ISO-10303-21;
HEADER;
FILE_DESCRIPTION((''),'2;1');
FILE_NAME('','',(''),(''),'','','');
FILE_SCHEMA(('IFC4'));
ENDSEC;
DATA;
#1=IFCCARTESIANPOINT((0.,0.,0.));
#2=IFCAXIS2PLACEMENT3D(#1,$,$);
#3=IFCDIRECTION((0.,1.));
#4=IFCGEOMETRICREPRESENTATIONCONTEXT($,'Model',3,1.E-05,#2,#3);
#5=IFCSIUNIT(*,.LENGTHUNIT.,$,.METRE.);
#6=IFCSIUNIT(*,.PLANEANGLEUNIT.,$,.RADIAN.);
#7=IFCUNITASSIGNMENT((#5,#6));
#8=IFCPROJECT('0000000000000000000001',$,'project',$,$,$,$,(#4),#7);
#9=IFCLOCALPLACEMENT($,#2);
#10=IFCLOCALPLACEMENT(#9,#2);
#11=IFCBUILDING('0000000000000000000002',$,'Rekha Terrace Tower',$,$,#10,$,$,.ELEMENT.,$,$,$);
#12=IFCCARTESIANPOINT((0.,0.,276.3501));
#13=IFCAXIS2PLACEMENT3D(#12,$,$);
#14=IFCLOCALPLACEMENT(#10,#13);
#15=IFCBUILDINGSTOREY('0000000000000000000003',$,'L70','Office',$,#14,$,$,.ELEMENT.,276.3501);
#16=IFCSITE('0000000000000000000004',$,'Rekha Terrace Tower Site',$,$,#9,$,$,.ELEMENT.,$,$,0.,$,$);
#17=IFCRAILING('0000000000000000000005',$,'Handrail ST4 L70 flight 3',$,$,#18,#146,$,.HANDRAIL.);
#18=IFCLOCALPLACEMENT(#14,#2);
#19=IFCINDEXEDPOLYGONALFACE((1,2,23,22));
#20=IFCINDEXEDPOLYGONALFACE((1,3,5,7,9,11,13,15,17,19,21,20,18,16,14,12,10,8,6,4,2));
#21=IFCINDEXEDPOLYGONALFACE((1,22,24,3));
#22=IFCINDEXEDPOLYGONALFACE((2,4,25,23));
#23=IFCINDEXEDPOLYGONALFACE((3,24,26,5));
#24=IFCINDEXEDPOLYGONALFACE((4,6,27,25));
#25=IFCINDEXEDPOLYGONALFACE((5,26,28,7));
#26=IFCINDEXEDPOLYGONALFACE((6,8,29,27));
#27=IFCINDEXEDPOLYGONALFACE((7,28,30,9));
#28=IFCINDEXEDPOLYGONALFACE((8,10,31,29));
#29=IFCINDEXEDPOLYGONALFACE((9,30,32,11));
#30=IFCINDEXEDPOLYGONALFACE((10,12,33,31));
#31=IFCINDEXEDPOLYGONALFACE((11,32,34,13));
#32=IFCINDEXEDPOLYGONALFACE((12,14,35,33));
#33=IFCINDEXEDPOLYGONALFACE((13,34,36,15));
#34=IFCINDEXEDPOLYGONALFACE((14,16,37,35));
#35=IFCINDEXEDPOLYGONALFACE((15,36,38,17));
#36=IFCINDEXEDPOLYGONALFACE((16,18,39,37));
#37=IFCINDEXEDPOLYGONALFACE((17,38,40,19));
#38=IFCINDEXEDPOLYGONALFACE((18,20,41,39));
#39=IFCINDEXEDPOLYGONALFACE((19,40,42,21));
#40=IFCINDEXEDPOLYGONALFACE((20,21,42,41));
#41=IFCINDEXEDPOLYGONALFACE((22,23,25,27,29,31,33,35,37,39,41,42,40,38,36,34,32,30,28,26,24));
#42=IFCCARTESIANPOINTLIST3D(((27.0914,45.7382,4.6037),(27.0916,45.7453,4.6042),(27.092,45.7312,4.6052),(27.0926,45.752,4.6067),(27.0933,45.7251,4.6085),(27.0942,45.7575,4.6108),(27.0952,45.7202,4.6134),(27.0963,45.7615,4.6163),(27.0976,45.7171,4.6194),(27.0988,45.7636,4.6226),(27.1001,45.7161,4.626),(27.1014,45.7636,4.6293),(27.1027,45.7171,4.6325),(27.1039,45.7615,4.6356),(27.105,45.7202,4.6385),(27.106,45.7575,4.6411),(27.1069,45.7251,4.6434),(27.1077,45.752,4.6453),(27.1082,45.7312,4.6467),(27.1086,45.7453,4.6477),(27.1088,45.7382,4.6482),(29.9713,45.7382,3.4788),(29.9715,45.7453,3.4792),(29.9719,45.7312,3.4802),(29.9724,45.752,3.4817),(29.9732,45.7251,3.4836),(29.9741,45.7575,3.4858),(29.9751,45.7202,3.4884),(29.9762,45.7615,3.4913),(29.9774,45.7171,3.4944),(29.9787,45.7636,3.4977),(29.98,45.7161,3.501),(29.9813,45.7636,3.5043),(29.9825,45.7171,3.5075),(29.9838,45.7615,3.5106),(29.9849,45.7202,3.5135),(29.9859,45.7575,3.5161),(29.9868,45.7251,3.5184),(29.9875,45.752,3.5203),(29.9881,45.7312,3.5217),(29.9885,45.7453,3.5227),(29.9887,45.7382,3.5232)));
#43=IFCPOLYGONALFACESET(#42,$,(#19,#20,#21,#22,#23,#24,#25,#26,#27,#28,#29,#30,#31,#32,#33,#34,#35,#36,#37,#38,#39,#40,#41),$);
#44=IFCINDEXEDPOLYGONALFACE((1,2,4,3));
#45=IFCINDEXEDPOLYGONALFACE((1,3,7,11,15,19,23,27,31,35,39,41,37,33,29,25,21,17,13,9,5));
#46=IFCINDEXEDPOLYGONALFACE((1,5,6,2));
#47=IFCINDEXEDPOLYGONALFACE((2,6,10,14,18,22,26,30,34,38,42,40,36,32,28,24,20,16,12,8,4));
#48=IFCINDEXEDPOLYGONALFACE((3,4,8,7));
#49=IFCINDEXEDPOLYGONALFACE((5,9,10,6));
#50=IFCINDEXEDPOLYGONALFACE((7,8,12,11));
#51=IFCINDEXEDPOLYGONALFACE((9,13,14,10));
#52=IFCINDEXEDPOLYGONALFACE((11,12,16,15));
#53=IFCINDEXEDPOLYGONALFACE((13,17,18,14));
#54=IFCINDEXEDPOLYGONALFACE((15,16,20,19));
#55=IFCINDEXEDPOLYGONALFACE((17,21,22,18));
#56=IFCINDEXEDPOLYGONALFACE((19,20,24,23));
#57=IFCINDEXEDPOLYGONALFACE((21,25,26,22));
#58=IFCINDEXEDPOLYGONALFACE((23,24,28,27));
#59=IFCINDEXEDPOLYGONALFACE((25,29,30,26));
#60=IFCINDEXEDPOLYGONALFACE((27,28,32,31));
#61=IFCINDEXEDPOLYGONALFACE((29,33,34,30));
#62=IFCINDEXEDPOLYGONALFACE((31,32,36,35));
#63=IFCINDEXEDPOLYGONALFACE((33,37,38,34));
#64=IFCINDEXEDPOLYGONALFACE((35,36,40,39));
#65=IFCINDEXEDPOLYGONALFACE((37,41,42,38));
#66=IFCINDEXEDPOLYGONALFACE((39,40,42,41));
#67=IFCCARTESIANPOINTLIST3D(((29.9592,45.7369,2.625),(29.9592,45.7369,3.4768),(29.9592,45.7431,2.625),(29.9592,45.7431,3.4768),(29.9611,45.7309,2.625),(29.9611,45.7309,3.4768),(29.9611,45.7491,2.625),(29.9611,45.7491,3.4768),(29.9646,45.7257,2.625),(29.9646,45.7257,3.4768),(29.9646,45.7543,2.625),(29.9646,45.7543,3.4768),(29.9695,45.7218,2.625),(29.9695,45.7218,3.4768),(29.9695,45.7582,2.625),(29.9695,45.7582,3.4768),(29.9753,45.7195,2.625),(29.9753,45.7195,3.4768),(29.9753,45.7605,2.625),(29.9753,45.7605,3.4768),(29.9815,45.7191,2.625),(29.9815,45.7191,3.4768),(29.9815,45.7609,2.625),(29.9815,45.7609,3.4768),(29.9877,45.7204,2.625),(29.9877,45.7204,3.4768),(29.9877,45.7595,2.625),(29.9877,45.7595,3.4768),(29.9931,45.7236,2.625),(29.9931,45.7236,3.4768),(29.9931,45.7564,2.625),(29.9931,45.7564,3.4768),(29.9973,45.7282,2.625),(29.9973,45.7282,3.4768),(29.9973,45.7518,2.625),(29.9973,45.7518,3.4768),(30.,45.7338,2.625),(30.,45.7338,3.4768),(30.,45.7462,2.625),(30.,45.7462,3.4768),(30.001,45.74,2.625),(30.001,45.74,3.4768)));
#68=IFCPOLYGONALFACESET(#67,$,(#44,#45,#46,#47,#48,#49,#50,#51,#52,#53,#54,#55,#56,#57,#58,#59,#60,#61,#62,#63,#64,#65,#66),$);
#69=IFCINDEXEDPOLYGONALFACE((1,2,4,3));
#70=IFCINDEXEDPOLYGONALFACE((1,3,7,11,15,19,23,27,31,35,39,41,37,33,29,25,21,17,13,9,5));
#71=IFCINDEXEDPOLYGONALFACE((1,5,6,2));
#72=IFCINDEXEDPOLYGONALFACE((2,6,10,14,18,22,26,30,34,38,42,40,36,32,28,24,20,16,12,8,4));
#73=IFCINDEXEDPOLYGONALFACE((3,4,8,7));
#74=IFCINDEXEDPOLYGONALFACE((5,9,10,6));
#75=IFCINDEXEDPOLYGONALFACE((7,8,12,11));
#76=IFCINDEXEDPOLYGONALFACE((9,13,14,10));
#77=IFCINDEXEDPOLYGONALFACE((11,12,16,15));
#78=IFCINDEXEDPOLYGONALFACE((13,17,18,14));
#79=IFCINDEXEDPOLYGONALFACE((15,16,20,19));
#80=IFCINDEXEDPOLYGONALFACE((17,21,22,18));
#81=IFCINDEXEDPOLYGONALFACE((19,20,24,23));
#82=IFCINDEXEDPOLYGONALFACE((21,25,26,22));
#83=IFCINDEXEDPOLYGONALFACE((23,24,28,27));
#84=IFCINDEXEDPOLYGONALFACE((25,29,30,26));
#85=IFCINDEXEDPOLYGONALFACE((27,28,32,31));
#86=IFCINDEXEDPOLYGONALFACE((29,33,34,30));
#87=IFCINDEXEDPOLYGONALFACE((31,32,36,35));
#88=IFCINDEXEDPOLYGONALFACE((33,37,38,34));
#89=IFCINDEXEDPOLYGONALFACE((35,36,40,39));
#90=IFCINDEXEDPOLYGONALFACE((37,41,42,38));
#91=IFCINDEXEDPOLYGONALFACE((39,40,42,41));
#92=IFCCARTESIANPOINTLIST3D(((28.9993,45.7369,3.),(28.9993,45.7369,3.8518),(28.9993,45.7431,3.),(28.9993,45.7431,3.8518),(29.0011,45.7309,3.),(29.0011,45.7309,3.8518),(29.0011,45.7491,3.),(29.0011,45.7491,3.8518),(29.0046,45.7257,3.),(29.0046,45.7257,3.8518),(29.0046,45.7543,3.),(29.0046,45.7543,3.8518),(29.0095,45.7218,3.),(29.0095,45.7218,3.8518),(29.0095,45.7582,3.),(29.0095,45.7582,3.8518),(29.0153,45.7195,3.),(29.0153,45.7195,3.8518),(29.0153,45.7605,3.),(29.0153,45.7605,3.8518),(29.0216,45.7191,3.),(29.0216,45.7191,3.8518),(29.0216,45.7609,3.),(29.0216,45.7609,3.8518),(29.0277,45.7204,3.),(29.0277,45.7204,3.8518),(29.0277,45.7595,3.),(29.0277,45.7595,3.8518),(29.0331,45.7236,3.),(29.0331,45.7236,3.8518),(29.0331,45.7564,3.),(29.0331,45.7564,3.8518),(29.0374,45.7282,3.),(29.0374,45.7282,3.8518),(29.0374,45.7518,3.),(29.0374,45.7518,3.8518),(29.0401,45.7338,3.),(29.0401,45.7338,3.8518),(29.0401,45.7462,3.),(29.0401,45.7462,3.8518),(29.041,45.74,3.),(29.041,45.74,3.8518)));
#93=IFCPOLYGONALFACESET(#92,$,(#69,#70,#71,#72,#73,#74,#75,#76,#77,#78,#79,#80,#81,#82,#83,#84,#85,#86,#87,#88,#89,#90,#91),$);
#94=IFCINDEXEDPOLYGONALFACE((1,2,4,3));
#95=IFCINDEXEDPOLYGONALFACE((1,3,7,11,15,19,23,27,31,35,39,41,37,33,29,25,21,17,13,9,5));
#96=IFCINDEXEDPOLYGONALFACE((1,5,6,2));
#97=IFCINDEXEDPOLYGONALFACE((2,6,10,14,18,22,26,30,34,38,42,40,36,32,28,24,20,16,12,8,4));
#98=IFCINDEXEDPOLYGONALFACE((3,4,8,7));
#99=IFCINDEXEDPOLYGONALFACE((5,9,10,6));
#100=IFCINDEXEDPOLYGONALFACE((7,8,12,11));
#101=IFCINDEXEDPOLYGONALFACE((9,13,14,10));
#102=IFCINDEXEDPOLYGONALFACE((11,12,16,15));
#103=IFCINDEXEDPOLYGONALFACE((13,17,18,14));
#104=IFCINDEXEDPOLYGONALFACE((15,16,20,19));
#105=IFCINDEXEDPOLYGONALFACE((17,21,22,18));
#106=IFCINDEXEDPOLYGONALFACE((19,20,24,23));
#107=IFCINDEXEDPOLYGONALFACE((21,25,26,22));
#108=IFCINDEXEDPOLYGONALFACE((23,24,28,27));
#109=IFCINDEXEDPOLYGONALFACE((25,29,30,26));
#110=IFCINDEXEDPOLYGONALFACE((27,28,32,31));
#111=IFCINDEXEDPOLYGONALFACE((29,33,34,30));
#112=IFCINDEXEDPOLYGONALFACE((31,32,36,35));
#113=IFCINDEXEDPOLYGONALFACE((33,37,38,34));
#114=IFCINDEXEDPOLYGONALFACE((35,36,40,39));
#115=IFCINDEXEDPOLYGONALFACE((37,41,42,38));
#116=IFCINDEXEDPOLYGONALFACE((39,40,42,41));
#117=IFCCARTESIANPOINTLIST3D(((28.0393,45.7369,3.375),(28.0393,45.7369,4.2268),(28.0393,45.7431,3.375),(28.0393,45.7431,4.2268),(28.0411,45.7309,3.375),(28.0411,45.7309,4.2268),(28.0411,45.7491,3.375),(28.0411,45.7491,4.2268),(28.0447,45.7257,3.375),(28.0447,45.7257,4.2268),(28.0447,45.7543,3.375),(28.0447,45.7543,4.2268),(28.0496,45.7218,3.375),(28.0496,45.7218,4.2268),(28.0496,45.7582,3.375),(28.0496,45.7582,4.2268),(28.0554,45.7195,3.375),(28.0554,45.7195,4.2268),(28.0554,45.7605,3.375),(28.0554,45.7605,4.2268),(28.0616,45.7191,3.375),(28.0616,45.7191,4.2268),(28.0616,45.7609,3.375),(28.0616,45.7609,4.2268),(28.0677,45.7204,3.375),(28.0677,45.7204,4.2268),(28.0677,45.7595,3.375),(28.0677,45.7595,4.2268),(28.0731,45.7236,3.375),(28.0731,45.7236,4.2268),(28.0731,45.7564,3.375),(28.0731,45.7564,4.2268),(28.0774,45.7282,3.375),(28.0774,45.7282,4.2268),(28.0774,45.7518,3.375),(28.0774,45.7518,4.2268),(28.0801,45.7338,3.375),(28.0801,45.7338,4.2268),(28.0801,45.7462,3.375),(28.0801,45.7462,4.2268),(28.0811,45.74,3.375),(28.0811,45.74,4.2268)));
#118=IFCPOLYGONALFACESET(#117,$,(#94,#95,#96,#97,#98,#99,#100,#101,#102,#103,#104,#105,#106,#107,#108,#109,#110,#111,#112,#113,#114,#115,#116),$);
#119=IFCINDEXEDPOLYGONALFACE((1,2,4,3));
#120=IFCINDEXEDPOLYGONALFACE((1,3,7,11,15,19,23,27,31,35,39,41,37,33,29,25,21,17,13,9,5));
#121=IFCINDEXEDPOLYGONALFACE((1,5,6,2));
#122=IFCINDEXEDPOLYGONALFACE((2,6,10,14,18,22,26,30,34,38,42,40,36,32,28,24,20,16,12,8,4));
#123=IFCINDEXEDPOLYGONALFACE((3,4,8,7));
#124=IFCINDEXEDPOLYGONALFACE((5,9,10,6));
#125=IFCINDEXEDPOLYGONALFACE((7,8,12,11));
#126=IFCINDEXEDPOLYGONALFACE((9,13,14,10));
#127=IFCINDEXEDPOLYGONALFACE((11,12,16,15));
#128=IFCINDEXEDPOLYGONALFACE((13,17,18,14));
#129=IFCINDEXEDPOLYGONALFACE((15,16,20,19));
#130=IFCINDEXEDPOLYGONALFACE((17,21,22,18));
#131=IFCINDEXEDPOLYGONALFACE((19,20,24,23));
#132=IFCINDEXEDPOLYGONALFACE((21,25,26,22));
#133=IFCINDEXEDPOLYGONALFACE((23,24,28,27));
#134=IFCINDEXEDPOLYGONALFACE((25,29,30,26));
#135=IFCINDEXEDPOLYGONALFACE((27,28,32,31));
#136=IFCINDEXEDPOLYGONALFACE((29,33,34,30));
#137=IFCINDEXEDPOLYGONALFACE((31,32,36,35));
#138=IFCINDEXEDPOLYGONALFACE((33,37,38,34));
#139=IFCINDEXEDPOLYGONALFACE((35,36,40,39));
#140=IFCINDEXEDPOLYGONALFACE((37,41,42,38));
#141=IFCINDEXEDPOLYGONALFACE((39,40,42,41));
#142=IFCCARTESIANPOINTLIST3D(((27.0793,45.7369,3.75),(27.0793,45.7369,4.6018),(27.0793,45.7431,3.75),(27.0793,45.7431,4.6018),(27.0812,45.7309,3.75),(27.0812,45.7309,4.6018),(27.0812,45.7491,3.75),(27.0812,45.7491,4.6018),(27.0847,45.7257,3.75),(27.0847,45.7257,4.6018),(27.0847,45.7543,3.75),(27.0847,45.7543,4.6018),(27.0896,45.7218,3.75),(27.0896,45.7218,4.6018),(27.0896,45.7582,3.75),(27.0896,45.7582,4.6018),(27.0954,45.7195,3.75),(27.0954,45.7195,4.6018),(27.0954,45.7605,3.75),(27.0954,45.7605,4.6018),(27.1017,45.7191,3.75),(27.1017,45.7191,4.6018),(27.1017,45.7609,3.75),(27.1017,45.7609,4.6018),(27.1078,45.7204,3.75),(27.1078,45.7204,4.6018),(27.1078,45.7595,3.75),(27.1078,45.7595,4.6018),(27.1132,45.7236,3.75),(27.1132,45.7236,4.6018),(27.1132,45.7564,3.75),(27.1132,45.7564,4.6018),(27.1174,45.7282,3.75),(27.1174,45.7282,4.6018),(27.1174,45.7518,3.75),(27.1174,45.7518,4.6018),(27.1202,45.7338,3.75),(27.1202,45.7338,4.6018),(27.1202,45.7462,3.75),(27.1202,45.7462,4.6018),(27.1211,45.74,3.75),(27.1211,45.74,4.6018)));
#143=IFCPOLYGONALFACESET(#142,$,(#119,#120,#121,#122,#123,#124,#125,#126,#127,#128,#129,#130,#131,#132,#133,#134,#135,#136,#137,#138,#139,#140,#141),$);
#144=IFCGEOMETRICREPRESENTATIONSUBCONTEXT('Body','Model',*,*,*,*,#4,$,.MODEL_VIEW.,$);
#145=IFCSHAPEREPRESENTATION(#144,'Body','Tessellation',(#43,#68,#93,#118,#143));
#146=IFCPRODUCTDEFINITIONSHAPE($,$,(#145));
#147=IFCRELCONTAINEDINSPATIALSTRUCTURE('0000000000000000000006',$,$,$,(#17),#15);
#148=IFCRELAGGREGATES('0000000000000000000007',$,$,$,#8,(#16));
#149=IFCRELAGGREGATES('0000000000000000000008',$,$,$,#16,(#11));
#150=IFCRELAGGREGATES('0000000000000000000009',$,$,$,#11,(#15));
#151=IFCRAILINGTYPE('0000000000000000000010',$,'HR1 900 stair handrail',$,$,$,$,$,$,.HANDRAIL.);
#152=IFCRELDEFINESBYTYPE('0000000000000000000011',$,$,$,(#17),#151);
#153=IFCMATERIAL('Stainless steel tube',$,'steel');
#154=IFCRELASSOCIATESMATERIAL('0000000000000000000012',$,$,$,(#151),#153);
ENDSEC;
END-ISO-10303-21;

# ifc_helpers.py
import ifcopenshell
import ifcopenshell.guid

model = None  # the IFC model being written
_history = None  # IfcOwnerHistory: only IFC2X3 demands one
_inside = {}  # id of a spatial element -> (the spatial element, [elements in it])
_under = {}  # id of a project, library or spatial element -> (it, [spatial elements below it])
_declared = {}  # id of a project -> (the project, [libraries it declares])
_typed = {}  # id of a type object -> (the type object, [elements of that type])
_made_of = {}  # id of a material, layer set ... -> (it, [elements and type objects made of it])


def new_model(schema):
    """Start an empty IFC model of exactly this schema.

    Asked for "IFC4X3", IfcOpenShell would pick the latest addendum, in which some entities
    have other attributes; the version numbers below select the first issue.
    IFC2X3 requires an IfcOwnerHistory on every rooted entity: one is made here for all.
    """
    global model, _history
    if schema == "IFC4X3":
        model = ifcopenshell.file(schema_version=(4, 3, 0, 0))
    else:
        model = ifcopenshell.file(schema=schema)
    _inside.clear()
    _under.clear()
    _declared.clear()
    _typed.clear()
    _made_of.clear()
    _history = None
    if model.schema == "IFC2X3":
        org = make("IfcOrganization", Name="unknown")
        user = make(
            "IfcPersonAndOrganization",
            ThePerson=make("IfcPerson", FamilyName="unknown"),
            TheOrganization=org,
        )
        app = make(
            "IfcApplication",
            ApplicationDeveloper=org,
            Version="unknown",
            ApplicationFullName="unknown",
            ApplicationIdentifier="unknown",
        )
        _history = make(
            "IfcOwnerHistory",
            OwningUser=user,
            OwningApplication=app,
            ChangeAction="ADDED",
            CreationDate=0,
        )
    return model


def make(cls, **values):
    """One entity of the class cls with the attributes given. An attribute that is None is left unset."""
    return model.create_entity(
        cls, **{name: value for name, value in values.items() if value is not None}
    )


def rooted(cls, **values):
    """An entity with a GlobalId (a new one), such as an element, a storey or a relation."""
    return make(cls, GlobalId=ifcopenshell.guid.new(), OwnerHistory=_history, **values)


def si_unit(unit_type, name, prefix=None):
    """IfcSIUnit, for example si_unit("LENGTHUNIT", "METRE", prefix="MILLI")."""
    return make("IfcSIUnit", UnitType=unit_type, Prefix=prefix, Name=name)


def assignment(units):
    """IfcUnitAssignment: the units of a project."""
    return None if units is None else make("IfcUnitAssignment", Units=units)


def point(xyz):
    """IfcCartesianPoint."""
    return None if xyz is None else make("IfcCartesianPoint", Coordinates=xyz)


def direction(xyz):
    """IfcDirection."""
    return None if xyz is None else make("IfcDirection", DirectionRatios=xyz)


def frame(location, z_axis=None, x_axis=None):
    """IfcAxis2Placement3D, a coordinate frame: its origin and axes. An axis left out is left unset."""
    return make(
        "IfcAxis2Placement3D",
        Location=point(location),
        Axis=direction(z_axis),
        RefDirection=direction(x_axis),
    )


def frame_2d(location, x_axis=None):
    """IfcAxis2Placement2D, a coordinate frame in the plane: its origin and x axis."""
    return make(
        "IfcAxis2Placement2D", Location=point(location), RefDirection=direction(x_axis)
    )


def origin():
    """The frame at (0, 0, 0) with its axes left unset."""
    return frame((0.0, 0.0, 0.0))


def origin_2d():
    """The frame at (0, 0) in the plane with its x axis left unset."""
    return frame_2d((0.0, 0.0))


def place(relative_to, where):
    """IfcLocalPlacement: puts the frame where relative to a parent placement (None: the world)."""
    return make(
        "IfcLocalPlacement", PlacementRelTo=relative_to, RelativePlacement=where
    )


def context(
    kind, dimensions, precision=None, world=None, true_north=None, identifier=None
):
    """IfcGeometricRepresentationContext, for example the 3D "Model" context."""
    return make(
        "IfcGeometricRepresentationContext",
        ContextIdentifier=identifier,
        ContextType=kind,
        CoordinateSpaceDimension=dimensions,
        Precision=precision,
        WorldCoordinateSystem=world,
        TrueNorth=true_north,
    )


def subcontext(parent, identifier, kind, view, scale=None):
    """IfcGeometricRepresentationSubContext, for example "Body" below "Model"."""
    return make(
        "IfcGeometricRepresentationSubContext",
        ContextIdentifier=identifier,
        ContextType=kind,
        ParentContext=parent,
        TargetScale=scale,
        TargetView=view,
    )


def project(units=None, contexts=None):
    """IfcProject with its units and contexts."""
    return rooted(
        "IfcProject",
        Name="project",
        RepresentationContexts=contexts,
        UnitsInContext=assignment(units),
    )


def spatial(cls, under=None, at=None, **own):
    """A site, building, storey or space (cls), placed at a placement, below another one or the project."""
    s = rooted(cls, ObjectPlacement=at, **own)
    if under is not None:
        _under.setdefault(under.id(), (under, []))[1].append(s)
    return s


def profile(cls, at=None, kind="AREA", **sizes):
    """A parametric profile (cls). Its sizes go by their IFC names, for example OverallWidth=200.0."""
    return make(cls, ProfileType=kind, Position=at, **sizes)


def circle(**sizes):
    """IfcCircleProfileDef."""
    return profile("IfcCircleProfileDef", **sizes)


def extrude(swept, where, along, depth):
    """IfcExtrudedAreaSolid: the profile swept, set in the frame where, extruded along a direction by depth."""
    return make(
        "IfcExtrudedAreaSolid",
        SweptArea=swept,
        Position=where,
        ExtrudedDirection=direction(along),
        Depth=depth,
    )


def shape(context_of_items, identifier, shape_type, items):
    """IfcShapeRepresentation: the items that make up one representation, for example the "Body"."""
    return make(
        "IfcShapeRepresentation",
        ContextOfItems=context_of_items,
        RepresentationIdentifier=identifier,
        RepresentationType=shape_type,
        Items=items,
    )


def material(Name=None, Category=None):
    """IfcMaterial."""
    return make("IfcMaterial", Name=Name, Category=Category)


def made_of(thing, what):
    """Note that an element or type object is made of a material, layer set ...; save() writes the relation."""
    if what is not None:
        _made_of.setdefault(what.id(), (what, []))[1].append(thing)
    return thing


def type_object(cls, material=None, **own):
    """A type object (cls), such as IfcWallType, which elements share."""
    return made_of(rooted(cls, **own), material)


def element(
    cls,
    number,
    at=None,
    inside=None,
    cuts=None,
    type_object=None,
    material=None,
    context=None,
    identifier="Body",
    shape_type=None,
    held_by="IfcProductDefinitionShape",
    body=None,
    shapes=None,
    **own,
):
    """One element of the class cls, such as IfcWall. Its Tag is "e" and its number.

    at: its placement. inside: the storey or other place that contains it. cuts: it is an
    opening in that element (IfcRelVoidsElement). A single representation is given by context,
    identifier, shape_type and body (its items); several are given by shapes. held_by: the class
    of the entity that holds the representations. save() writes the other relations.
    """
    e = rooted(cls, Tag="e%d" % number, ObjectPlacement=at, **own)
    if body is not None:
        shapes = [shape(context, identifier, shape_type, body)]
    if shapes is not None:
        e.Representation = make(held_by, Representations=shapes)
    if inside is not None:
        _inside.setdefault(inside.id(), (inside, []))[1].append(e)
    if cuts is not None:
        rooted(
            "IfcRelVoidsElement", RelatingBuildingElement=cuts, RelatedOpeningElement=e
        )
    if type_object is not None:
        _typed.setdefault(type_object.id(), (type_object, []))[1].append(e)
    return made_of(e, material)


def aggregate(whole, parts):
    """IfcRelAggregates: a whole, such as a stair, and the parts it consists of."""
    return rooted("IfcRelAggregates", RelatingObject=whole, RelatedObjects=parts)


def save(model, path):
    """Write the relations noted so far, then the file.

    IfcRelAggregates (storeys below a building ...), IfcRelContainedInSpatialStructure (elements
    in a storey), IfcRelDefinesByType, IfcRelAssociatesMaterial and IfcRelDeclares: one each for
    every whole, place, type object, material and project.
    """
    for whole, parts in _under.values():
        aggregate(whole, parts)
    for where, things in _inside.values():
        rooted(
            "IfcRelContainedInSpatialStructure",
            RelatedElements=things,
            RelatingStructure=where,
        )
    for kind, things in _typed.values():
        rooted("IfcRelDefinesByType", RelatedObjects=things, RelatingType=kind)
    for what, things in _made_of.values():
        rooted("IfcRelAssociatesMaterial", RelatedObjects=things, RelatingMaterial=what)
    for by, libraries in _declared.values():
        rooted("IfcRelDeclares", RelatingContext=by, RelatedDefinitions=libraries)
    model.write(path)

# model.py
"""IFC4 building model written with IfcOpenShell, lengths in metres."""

from ifc_helpers import new_model, si_unit, direction, frame, origin, origin_2d, place, context, subcontext, project, spatial, circle, extrude, material, type_object, element, save


model = new_model("IFC4")

# Units and contexts
model_context = context("Model", 3, precision=1e-05, world=origin(), true_north=direction((0.0, 1.0)))
body_context = subcontext(model_context, "Body", "Model", "MODEL_VIEW")
ifc_project = project(units=[si_unit("LENGTHUNIT", "METRE"), si_unit("PLANEANGLEUNIT", "RADIAN")], contexts=[model_context])

# Site, building, storey
site_placement = place(None, origin())
site = spatial("IfcSite", under=ifc_project, at=site_placement, Name="Rekha Terrace Tower Site", CompositionType="ELEMENT", RefElevation=0.0)
building_placement = place(site_placement, origin())
building = spatial("IfcBuilding", under=site, at=building_placement, Name="Rekha Terrace Tower", CompositionType="ELEMENT")
storey_placement = place(building_placement, frame((0.0, 0.0, 276.3501)))
storey = spatial("IfcBuildingStorey", under=building, at=storey_placement, Name="L70", Description="Office", CompositionType="ELEMENT", Elevation=276.3501)

# Railing
ifc_material_1 = material(Name="Stainless steel tube", Category="steel")
railing_type_1 = type_object("IfcRailingType", Name="HR1 900 stair handrail", PredefinedType="HANDRAIL", material=ifc_material_1)
railing_1_placement = place(storey_placement, frame((29.98, 45.74, 2.625)))
element("IfcRailing", 1, at=railing_1_placement, inside=storey, type_object=railing_type_1, Name="Handrail ST4 L70 flight 3", PredefinedType="HANDRAIL", context=body_context, shape_type="SweptSolid", body=[
    extrude(circle(Radius=0.0239, at=origin_2d()), frame((0.0, 0.0, 0.876), z_axis=(-0.931452, 0.0, 0.363863), x_axis=(0.0, -1.0, 0.0)), (0.0, 0.0, 1.0), 3.0918),
    extrude(circle(Radius=0.021, at=origin_2d()), origin(), (0.0, 0.0, 1.0), 0.8518),
    extrude(circle(Radius=0.021, at=origin_2d()), frame((-0.96, 0.0, 0.375)), (0.0, 0.0, 1.0), 0.8518),
    extrude(circle(Radius=0.021, at=origin_2d()), frame((-1.9199, 0.0, 0.75)), (0.0, 0.0, 1.0), 0.8518),
    extrude(circle(Radius=0.021, at=origin_2d()), frame((-2.8799, 0.0, 1.125)), (0.0, 0.0, 1.0), 0.8518),
])

save(model, "model.ifc")
